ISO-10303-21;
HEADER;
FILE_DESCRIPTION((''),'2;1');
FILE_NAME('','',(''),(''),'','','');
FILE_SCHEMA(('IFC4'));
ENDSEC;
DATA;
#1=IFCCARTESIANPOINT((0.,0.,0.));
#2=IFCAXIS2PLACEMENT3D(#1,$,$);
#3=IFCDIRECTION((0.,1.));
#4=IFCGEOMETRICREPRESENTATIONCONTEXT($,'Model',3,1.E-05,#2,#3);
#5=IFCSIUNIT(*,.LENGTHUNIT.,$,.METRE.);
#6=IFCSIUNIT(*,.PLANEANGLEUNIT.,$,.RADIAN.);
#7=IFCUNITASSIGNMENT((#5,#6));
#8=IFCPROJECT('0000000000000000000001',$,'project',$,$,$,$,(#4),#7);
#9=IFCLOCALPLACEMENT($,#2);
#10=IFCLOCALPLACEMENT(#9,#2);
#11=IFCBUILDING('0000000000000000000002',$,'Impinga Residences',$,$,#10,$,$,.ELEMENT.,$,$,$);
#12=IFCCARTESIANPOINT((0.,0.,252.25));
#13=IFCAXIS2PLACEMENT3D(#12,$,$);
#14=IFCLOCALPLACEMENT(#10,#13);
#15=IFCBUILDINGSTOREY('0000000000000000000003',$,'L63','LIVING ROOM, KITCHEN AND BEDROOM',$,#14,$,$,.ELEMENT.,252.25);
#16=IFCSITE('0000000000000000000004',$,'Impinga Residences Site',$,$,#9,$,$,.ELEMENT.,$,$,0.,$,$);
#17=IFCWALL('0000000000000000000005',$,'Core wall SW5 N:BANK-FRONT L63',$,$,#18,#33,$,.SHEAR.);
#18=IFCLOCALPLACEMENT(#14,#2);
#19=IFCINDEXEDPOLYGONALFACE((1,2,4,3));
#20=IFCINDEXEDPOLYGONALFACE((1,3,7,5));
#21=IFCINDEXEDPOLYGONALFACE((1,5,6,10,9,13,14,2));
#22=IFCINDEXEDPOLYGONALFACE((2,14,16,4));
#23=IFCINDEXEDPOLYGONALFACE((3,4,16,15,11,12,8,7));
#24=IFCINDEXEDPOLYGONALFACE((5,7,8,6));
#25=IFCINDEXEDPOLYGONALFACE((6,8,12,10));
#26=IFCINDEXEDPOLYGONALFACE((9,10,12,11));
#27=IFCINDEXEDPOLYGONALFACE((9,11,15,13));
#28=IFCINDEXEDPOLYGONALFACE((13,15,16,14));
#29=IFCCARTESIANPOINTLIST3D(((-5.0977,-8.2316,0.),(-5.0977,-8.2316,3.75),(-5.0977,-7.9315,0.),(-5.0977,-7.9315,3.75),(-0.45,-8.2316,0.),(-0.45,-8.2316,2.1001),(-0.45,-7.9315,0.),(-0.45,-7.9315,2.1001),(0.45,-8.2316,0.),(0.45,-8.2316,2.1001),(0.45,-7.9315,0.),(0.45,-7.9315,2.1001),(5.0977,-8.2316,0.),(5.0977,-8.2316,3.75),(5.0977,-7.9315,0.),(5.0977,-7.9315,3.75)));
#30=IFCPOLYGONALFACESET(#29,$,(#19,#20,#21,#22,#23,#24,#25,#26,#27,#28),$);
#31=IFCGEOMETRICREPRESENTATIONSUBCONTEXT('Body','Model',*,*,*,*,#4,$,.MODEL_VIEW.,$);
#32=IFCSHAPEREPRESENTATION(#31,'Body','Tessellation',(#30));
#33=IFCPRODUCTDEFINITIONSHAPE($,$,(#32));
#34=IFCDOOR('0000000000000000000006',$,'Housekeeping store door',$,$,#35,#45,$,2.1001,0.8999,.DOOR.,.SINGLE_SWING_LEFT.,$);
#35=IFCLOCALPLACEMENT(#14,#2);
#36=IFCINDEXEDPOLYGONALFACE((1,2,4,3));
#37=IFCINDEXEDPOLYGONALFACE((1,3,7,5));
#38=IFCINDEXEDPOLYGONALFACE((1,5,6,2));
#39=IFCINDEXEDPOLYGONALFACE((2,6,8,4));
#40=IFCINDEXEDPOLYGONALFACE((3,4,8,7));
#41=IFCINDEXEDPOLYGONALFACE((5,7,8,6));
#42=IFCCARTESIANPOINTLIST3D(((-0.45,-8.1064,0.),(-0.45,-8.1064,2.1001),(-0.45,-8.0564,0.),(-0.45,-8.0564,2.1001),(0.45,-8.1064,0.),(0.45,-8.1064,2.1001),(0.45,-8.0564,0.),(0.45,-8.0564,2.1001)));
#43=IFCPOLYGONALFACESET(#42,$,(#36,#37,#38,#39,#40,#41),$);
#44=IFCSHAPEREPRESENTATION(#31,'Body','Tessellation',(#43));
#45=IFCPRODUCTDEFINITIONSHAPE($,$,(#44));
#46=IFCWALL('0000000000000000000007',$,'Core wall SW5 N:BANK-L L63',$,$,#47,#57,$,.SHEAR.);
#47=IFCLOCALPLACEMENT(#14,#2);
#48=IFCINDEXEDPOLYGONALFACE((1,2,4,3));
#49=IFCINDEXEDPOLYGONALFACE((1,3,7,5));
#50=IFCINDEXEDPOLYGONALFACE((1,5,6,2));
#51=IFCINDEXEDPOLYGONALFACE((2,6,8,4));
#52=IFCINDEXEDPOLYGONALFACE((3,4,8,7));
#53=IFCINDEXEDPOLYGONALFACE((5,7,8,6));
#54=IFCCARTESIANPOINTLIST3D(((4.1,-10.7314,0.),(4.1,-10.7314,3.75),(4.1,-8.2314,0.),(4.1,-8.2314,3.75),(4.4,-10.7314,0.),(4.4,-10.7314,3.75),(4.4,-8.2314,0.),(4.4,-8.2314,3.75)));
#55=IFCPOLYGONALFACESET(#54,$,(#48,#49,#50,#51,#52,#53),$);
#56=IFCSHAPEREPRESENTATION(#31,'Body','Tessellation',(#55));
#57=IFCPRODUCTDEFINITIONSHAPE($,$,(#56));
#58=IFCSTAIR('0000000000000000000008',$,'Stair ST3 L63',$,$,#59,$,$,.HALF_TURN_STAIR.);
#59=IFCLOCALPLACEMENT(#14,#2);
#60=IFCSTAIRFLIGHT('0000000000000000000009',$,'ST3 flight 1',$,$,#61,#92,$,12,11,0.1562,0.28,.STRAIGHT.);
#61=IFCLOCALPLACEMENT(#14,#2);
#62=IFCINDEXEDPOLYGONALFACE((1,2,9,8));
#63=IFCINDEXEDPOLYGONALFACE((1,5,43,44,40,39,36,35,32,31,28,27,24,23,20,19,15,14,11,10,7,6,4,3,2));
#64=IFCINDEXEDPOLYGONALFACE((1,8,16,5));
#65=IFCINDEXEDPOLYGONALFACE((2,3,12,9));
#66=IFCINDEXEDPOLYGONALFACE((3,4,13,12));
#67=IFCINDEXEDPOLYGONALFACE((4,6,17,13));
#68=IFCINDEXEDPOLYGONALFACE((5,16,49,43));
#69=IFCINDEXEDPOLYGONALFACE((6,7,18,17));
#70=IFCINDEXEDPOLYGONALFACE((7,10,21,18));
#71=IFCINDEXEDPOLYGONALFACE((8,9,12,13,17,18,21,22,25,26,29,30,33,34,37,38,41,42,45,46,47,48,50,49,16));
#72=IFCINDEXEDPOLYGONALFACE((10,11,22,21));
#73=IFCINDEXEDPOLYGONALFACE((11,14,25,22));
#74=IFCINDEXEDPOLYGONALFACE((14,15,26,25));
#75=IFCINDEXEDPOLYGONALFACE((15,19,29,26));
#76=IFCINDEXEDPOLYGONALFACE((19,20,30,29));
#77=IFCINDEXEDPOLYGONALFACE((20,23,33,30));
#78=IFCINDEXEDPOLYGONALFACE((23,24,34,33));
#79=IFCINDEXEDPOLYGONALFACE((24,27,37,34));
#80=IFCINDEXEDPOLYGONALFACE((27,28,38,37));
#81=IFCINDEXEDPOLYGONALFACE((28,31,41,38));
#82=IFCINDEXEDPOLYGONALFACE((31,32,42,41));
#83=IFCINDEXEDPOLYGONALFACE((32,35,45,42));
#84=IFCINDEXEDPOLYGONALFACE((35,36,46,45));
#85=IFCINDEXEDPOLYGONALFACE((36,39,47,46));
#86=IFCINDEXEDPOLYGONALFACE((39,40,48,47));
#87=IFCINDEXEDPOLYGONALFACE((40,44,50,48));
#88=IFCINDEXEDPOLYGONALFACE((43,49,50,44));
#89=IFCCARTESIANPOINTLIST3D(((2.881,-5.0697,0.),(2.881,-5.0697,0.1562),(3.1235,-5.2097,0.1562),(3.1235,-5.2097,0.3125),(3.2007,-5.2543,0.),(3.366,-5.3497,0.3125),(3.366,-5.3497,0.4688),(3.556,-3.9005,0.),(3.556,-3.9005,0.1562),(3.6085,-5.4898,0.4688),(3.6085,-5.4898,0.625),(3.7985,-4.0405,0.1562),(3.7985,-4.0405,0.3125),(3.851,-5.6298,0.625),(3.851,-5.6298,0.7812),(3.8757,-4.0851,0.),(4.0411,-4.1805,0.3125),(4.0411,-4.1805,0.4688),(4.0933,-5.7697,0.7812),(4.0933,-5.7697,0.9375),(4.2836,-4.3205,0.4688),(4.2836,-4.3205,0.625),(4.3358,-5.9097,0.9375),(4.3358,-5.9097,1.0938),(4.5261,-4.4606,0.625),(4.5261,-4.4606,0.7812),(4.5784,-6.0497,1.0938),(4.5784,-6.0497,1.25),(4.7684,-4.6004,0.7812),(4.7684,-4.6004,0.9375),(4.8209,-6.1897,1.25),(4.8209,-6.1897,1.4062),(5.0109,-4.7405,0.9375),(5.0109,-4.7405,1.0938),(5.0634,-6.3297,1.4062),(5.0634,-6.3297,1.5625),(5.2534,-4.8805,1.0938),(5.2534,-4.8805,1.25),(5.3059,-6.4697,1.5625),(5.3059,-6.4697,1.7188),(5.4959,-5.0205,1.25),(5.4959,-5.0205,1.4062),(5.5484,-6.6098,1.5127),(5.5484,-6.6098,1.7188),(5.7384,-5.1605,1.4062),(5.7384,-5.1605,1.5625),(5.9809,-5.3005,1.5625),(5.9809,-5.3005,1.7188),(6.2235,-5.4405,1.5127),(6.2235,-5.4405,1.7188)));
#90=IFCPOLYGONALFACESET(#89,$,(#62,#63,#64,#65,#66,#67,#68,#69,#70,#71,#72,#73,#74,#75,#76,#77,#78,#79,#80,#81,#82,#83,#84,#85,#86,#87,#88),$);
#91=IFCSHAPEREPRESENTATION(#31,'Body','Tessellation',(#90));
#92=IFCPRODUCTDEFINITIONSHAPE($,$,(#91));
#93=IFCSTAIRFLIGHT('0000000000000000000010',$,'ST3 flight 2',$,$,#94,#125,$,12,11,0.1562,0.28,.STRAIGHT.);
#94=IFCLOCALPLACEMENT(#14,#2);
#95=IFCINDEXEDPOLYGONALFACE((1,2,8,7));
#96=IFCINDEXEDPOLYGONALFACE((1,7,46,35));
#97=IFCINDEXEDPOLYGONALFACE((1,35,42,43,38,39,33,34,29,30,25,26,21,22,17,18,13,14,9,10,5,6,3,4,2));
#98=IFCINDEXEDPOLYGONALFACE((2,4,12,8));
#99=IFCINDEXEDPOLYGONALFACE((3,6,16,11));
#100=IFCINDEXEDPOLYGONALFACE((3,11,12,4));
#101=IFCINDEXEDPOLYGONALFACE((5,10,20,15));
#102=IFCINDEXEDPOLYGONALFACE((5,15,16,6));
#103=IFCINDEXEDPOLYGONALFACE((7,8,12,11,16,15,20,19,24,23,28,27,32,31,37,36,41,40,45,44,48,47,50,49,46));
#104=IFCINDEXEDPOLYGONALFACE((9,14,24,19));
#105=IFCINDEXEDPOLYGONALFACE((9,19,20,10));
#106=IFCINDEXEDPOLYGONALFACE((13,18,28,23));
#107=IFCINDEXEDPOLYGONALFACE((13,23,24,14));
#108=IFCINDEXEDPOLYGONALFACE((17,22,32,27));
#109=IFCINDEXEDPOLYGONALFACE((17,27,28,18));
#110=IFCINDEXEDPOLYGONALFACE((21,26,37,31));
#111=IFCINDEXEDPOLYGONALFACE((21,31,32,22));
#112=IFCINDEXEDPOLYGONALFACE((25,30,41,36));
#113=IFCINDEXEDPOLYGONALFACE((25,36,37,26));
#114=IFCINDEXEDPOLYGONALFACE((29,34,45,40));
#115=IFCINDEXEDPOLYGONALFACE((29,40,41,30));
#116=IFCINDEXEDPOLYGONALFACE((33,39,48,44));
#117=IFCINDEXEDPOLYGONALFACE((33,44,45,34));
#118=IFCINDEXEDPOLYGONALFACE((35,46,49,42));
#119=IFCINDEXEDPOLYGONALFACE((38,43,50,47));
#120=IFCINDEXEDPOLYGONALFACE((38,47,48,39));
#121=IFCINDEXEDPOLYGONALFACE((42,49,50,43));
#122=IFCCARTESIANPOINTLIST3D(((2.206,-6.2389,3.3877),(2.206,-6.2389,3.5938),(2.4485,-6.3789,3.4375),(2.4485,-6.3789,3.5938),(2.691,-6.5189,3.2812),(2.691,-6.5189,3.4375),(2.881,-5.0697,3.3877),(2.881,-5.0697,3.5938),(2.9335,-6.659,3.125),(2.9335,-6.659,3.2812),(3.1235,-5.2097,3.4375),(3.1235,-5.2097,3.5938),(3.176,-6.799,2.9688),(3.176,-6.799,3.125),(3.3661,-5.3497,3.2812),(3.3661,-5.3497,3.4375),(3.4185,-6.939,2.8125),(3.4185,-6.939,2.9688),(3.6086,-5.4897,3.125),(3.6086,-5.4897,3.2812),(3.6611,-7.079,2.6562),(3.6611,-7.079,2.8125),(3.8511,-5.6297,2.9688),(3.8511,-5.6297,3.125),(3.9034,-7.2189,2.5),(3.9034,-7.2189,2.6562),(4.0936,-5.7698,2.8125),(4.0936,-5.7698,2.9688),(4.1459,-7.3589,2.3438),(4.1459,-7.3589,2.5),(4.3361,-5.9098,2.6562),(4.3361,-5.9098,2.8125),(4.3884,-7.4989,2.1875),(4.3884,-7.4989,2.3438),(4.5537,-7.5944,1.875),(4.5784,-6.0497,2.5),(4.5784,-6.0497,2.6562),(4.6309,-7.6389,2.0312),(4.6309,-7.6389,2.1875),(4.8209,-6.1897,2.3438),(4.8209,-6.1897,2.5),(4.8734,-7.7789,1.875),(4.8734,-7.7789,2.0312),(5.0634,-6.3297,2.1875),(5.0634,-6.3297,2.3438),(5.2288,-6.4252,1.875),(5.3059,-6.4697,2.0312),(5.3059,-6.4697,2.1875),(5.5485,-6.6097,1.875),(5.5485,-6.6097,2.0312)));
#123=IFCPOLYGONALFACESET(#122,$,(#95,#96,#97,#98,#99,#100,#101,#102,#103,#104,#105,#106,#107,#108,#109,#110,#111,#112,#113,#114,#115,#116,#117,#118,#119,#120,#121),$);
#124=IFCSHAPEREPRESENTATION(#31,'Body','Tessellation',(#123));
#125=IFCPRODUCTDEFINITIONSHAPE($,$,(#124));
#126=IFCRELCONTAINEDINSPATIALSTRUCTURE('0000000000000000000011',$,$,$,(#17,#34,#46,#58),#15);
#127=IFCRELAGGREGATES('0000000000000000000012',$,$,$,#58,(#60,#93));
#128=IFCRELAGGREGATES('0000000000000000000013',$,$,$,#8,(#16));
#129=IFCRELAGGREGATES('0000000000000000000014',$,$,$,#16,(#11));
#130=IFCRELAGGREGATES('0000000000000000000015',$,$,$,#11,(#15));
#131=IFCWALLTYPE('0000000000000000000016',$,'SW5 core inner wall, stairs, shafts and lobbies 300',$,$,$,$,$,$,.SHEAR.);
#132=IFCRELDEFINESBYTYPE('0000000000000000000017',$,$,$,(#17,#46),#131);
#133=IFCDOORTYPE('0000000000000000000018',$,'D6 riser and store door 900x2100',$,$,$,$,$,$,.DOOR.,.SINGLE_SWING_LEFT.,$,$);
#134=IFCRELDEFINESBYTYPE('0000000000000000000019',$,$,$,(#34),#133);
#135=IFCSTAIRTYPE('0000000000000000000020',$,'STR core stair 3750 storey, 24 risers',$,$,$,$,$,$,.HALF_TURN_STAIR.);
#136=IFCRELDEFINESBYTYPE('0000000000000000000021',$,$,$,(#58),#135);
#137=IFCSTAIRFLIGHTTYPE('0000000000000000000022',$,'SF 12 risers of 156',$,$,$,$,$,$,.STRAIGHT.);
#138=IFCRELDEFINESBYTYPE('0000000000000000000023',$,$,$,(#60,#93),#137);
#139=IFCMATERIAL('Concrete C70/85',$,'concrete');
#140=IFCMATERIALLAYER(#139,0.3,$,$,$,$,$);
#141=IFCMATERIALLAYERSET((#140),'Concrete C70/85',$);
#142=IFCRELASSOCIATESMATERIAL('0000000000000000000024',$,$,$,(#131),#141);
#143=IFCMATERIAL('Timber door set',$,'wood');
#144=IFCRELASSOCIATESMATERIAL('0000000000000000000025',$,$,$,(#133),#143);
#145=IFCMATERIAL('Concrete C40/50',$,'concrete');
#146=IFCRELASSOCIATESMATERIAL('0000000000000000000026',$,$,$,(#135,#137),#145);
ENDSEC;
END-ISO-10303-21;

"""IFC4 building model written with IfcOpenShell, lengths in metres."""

from ifc_helpers import new_model, si_unit, direction, frame, frame_2d, origin, place, context, subcontext, project, spatial, polyline, rectangle, outline, extrude, material, layer, layer_set, type_object, element, fill, aggregate, save


model = new_model("IFC4")

# Units and contexts
model_context = context("Model", 3, precision=1e-05, world=origin(), true_north=direction((0.0, 1.0)))
body_context = subcontext(model_context, "Body", "Model", "MODEL_VIEW")
ifc_project = project(units=[si_unit("LENGTHUNIT", "METRE"), si_unit("PLANEANGLEUNIT", "RADIAN")], contexts=[model_context])

# Site, building, storey
site_placement = place(None, origin())
site = spatial("IfcSite", under=ifc_project, at=site_placement, Name="Impinga Residences Site", CompositionType="ELEMENT", RefElevation=0.0)
building_placement = place(site_placement, origin())
building = spatial("IfcBuilding", under=site, at=building_placement, Name="Impinga Residences", CompositionType="ELEMENT")
storey_placement = place(building_placement, frame((0.0, 0.0, 252.25)))
storey = spatial("IfcBuildingStorey", under=building, at=storey_placement, Name="L63", Description="LIVING ROOM, KITCHEN AND BEDROOM", CompositionType="ELEMENT", Elevation=252.25)

# Shared definitions
ifc_material_1 = material(Name="Timber door set", Category="wood")

# Shared definitions
ifc_material_2 = material(Name="Concrete C70/85", Category="concrete")
ifc_layer_1 = layer(ifc_material_2, 0.3)
ifc_layer_set_1 = layer_set([ifc_layer_1], Name="Concrete C70/85")
wall_type_1 = type_object("IfcWallType", Name="SW5 core inner wall, stairs, shafts and lobbies 300", PredefinedType="SHEAR", material=ifc_layer_set_1)

# Wall, opening, door
wall_1_placement = place(storey_placement, frame((5.0977, -8.0815, 0.0), z_axis=(0.0, 0.0, 1.0), x_axis=(-1.0, 0.0, 0.0)))
wall_1 = element("IfcWall", 1, at=wall_1_placement, inside=storey, type_object=wall_type_1, Name="Core wall SW5 N:BANK-FRONT L63", PredefinedType="SHEAR", context=body_context, shape_type="SweptSolid", body=[
    extrude(rectangle(XDim=10.1953, YDim=0.3, at=frame_2d((5.0977, 0.0))), origin(), (0.0, 0.0, 1.0), 3.75),
])
opening_1_placement = place(wall_1_placement, frame((4.6477, 0.0, 0.0)))
opening_1 = element("IfcOpeningElement", 2, at=opening_1_placement, cuts=wall_1, PredefinedType="OPENING", context=body_context, shape_type="SweptSolid", body=[
    extrude(rectangle(XDim=0.8999, YDim=2.1001, at=frame_2d((0.45, 1.05))), frame((0.0, 0.1599, 0.0), z_axis=(0.0, -1.0, 0.0), x_axis=(1.0, 0.0, 0.0)), (0.0, 0.0, 1.0), 0.3201),
])
door_type_1 = type_object("IfcDoorType", Name="D6 riser and store door 900x2100", OperationType="SINGLE_SWING_LEFT", PredefinedType="DOOR", material=ifc_material_1)
door_1_placement = place(opening_1_placement, origin())
door_1 = element("IfcDoor", 3, at=door_1_placement, inside=storey, type_object=door_type_1, Name="Housekeeping store door", OperationType="SINGLE_SWING_LEFT", OverallHeight=2.1001, OverallWidth=0.8999, PredefinedType="DOOR", context=body_context, shape_type="SweptSolid", body=[
    extrude(rectangle(XDim=0.8999, YDim=2.1001, at=frame_2d((0.45, 1.05))), frame((0.0, 0.0249, 0.0), z_axis=(0.0, -1.0, 0.0), x_axis=(1.0, 0.0, 0.0)), (0.0, 0.0, 1.0), 0.05),
])
fill(opening_1, door_1)

# Wall
wall_2_placement = place(storey_placement, frame((4.25, -8.2314, 0.0), z_axis=(0.0, 0.0, 1.0), x_axis=(0.0, -1.0, 0.0)))
element("IfcWall", 4, at=wall_2_placement, inside=storey, type_object=wall_type_1, Name="Core wall SW5 N:BANK-L L63", PredefinedType="SHEAR", context=body_context, shape_type="SweptSolid", body=[
    extrude(rectangle(XDim=2.5, YDim=0.3, at=frame_2d((1.25, 0.0))), origin(), (0.0, 0.0, 1.0), 3.75),
])

# Stair, stair flights
ifc_material_3 = material(Name="Concrete C40/50", Category="concrete")
stair_type = type_object("IfcStairType", Name="STR core stair 3750 storey, 24 risers", PredefinedType="HALF_TURN_STAIR", material=ifc_material_3)
stair_placement = place(storey_placement, origin())
stair = element("IfcStair", 5, at=stair_placement, inside=storey, type_object=stair_type, Name="Stair ST3 L63", PredefinedType="HALF_TURN_STAIR")
stair_flight_type = type_object("IfcStairFlightType", Name="SF 12 risers of 156", PredefinedType="STRAIGHT", material=ifc_material_3)
stair_flight_1_placement = place(storey_placement, frame((3.2185, -4.4851, 0.0), z_axis=(0.0, 0.0, 1.0), x_axis=(0.866025, -0.5, 0.0)))
stair_flight_1 = element("IfcStairFlight", 6, at=stair_flight_1_placement, type_object=stair_flight_type, Name="ST3 flight 1", NumberOfRisers=12, NumberOfTreads=11, PredefinedType="STRAIGHT", RiserHeight=0.1562, TreadLength=0.28, context=body_context, shape_type="SweptSolid", body=[
    extrude(outline(polyline([(0.0, 0.0), (0.0, 0.1562), (0.28, 0.1562), (0.28, 0.3125), (0.5601, 0.3125), (0.5601, 0.4688), (0.8401, 0.4688), (0.8401, 0.625), (1.1201, 0.625), (1.1201, 0.7812), (1.3999, 0.7812), (1.3999, 0.9375), (1.6799, 0.9375), (1.6799, 1.0938), (1.96, 1.0938), (1.96, 1.25), (2.24, 1.25), (2.24, 1.4062), (2.52, 1.4062), (2.52, 1.5625), (2.8, 1.5625), (2.8, 1.7188), (3.0801, 1.7188), (3.0801, 1.875), (3.0801, 1.5127), (0.3691, 0.0), (0.0, 0.0)])), frame((0.0, 0.675, 0.0), z_axis=(0.0, -1.0, 0.0), x_axis=(1.0, 0.0, 0.0)), (0.0, 0.0, 1.0), 1.3501),
])
stair_flight_2_placement = place(storey_placement, frame((5.2109, -7.1943, 1.875), z_axis=(0.0, 0.0, 1.0), x_axis=(-0.866025, 0.5, 0.0)))
stair_flight_2 = element("IfcStairFlight", 7, at=stair_flight_2_placement, type_object=stair_flight_type, Name="ST3 flight 2", NumberOfRisers=12, NumberOfTreads=11, PredefinedType="STRAIGHT", RiserHeight=0.1562, TreadLength=0.28, context=body_context, shape_type="SweptSolid", body=[
    extrude(outline(polyline([(0.0, 0.0), (0.0, 0.1562), (0.28, 0.1562), (0.28, 0.3125), (0.5601, 0.3125), (0.5601, 0.4688), (0.8401, 0.4688), (0.8401, 0.625), (1.1201, 0.625), (1.1201, 0.7812), (1.3999, 0.7812), (1.3999, 0.9375), (1.6799, 0.9375), (1.6799, 1.0938), (1.96, 1.0938), (1.96, 1.25), (2.24, 1.25), (2.24, 1.4062), (2.52, 1.4062), (2.52, 1.5625), (2.8, 1.5625), (2.8, 1.7188), (3.0801, 1.7188), (3.0801, 1.875), (3.0801, 1.5127), (0.3691, 0.0), (0.0, 0.0)])), frame((0.0, 0.675, 0.0), z_axis=(0.0, -1.0, 0.0), x_axis=(1.0, 0.0, 0.0)), (0.0, 0.0, 1.0), 1.3501),
])
aggregate(stair, [stair_flight_1, stair_flight_2])

save(model, "model.ifc")
